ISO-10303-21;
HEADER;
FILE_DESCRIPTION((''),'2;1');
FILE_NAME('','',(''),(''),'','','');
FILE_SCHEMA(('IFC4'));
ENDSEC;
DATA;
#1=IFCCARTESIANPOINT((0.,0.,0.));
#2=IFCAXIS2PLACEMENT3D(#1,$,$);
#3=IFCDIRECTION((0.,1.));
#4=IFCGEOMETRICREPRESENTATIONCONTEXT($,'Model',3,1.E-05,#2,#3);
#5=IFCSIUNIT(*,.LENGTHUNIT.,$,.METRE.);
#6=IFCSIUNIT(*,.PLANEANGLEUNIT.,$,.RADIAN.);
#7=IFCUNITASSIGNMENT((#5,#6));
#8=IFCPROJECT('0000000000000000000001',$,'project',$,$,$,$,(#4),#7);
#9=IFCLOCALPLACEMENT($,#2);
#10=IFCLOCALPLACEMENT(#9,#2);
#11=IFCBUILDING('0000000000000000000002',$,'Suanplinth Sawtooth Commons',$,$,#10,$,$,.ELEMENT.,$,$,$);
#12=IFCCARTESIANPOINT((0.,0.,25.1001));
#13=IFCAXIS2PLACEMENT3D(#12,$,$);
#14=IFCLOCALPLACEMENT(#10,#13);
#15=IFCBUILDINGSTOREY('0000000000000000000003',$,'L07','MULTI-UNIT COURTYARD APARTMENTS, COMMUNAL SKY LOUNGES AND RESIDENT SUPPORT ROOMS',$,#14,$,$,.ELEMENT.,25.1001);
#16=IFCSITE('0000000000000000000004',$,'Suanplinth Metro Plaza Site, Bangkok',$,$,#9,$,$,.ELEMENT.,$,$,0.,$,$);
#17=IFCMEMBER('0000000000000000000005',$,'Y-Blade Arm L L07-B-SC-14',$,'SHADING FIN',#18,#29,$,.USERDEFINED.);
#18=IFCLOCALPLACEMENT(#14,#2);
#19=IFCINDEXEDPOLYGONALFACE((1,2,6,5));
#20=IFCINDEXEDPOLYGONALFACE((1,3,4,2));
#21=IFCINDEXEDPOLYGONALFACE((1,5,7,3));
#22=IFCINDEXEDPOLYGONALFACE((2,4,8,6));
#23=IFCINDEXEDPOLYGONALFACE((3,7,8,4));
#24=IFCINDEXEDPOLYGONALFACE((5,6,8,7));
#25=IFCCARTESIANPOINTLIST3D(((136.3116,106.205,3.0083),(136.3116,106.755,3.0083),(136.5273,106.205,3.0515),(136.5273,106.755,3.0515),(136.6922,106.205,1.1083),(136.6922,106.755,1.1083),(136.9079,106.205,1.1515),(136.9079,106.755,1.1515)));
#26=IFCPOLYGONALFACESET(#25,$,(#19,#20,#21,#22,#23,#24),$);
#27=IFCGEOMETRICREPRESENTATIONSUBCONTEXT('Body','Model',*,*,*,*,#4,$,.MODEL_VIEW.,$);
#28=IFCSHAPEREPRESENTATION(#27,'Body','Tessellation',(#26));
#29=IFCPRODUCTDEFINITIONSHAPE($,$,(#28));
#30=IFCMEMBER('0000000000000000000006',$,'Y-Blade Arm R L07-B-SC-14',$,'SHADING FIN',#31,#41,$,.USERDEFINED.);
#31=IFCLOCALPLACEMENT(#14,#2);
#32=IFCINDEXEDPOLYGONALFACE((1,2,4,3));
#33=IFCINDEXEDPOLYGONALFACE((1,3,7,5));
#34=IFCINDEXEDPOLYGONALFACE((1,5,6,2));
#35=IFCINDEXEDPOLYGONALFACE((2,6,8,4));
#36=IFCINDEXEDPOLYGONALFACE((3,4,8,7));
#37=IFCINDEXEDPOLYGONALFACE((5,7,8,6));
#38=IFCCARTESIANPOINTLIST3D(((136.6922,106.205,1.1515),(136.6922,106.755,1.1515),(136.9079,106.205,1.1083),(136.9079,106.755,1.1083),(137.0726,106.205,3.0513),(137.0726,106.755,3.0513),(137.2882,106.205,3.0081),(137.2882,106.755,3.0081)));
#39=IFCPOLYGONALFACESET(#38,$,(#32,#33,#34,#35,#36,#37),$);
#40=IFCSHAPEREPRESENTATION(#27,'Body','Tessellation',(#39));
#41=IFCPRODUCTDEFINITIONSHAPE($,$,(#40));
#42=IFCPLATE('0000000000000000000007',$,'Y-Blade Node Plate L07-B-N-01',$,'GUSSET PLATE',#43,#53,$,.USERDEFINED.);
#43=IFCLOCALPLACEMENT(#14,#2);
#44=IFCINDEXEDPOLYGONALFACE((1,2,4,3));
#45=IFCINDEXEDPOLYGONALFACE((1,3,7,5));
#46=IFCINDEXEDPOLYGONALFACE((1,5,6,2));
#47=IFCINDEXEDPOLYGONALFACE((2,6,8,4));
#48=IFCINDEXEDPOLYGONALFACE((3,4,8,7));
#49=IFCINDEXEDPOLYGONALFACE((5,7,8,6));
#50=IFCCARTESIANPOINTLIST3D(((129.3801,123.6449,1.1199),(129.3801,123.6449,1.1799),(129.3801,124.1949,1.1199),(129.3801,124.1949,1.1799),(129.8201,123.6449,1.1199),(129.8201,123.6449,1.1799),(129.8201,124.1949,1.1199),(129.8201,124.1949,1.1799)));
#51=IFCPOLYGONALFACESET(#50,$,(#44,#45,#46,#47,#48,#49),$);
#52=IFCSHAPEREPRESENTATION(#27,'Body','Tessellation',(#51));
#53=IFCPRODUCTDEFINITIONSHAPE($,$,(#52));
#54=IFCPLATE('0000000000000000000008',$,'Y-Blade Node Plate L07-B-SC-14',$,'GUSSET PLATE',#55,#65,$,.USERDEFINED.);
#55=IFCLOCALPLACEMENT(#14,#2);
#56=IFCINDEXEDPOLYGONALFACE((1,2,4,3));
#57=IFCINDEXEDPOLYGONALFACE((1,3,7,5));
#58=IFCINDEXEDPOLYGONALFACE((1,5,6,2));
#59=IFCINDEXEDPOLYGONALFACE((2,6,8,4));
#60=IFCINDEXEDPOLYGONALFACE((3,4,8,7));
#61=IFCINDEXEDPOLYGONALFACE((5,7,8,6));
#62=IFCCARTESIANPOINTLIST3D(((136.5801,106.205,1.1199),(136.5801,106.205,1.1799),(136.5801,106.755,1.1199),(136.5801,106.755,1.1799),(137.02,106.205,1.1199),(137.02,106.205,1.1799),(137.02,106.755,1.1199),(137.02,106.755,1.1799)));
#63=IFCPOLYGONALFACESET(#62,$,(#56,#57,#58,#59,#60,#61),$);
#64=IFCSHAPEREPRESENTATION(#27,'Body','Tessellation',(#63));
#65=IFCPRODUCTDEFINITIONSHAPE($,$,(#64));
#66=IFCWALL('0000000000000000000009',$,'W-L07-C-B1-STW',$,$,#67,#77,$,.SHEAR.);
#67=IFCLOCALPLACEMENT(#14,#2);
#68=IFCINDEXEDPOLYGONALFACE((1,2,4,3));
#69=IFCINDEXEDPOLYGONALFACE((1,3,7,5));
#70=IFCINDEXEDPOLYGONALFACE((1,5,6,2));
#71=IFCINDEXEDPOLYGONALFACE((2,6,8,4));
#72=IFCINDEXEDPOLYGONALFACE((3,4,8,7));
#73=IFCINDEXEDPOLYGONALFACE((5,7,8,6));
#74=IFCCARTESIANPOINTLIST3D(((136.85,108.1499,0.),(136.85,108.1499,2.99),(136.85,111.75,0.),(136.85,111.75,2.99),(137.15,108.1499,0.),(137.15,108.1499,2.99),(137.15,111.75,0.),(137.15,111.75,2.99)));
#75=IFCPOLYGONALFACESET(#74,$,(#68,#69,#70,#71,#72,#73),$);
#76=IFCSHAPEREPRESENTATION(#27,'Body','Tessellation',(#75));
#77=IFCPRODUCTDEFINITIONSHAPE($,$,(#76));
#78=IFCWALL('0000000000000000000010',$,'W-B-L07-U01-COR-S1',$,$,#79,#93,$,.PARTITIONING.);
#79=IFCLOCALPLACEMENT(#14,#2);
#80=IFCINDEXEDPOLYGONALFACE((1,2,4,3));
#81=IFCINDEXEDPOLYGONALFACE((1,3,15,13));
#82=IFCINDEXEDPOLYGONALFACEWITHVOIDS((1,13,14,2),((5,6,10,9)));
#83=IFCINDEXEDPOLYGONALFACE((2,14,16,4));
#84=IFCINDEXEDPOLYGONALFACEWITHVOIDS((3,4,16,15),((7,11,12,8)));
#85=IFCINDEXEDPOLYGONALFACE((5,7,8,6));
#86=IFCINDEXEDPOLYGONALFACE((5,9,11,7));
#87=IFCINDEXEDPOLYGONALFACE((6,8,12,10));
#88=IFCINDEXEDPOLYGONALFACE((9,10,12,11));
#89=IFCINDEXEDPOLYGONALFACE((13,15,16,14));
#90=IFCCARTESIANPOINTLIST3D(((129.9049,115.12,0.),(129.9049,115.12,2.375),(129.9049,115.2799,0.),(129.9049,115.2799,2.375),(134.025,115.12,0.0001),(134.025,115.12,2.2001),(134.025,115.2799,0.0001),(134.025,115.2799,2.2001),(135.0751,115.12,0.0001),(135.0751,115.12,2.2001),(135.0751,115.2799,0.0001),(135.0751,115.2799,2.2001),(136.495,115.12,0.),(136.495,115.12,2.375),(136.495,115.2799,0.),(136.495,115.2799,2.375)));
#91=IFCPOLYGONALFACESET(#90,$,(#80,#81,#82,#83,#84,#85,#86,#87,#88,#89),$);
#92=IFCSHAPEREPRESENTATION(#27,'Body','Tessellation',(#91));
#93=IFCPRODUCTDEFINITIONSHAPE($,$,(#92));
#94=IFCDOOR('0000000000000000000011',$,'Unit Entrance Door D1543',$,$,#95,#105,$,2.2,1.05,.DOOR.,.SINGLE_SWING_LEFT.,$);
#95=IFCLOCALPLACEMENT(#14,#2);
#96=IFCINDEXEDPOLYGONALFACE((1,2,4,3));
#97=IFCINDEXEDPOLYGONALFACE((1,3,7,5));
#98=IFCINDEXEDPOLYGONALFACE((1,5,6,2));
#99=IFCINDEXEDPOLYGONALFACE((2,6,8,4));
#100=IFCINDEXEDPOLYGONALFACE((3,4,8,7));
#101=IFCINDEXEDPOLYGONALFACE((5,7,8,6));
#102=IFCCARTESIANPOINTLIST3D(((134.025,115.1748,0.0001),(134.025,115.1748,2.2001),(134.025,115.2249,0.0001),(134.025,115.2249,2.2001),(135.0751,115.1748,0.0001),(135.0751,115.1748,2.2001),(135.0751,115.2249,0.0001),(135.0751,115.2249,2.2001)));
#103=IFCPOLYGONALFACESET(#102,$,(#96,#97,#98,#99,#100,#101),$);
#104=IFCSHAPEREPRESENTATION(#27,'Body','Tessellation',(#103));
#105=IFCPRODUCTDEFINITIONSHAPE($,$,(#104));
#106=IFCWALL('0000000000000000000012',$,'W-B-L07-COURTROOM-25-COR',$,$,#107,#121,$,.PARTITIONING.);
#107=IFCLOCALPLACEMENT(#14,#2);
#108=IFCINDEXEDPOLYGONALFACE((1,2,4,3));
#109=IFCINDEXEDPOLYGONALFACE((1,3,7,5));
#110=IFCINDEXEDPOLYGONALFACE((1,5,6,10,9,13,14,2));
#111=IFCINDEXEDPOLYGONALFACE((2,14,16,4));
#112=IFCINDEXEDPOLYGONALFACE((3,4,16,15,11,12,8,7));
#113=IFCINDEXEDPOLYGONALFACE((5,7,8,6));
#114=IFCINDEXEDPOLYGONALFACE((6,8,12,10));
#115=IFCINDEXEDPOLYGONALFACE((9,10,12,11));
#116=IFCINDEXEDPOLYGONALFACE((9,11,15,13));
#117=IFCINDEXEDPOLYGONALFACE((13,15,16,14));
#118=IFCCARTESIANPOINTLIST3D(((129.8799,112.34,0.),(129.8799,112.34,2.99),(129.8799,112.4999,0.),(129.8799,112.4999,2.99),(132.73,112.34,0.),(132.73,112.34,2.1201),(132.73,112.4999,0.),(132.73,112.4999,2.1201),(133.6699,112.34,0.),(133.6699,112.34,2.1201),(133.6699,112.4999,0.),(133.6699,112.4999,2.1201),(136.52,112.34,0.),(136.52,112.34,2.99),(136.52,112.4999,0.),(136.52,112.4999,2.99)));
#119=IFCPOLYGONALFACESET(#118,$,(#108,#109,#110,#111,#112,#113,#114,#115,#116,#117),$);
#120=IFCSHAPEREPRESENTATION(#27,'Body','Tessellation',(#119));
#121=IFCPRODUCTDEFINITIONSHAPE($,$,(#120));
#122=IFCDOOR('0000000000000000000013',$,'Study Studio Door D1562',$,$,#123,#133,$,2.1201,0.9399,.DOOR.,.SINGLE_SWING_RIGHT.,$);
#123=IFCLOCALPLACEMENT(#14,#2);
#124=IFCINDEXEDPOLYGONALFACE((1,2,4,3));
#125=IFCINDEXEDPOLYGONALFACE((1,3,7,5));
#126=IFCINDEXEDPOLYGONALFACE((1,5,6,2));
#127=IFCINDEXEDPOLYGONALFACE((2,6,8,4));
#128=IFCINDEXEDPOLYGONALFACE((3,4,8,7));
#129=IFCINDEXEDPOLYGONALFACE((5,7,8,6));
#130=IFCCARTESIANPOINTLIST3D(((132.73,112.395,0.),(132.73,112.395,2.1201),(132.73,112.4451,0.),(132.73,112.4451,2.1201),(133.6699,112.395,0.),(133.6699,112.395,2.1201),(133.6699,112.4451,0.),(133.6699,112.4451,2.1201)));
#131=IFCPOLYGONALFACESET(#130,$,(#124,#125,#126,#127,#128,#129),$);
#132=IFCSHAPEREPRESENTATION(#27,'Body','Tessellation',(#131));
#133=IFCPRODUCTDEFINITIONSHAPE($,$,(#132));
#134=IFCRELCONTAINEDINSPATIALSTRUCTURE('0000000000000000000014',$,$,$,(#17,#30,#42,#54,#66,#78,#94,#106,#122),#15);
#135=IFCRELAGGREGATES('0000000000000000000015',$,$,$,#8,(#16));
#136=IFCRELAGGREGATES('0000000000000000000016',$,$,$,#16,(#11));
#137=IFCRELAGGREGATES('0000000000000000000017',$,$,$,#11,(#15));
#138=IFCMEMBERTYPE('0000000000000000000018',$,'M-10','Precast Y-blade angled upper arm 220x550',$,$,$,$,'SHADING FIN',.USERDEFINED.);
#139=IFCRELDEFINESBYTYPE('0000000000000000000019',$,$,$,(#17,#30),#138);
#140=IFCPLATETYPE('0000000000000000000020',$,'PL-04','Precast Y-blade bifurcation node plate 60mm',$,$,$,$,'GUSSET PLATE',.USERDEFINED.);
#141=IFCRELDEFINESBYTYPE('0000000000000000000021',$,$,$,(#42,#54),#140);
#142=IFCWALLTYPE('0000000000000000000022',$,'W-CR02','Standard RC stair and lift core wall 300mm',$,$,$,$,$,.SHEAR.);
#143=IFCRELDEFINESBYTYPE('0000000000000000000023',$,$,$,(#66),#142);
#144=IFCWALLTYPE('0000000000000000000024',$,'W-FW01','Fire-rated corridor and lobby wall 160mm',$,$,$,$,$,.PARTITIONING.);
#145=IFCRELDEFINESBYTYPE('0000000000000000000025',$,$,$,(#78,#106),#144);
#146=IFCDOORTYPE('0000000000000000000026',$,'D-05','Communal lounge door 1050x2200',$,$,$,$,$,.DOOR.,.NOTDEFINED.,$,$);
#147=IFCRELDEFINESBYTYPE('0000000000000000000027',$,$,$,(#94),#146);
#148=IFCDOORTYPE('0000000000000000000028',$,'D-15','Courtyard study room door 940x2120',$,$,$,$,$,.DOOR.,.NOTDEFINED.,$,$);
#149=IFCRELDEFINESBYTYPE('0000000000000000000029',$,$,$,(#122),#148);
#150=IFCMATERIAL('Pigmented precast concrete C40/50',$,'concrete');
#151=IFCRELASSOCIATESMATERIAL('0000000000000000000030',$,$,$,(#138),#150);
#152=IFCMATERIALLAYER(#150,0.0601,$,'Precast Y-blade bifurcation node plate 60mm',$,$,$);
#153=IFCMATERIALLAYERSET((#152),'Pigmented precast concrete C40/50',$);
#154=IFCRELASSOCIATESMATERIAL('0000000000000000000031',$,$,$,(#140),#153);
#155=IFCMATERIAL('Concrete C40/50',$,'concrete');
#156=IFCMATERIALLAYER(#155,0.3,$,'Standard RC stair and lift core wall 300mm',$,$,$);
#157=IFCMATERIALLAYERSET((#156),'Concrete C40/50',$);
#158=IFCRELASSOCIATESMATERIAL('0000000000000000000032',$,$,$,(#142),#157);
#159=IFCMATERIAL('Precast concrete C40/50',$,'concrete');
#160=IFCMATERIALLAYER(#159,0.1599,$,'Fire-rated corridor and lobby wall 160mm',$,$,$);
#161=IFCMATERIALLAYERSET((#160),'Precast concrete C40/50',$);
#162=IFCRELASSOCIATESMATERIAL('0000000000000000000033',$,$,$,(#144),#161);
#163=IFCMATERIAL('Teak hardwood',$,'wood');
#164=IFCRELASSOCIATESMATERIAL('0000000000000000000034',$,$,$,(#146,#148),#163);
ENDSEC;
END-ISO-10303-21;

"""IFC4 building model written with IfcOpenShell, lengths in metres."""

from ifc_helpers import new_model, si_unit, direction, frame, frame_2d, origin, origin_2d, place, context, subcontext, project, spatial, rectangle, extrude, material, layer, layer_set, material_profile, profile_set, type_object, element, fill, save


model = new_model("IFC4")

# Units and contexts
model_context = context("Model", 3, precision=1e-05, world=origin(), true_north=direction((0.0, 1.0)))
body_context = subcontext(model_context, "Body", "Model", "MODEL_VIEW")
ifc_project = project(units=[si_unit("LENGTHUNIT", "METRE"), si_unit("PLANEANGLEUNIT", "RADIAN")], contexts=[model_context])

# Site, building, storey
site_placement = place(None, origin())
site = spatial("IfcSite", under=ifc_project, at=site_placement, Name="Suanplinth Metro Plaza Site, Bangkok", CompositionType="ELEMENT", RefElevation=0.0)
building_placement = place(site_placement, origin())
building = spatial("IfcBuilding", under=site, at=building_placement, Name="Suanplinth Sawtooth Commons", CompositionType="ELEMENT")
storey_placement = place(building_placement, frame((0.0, 0.0, 25.1001)))
storey = spatial("IfcBuildingStorey", under=building, at=storey_placement, Name="L07", Description="MULTI-UNIT COURTYARD APARTMENTS, COMMUNAL SKY LOUNGES AND RESIDENT SUPPORT ROOMS", CompositionType="ELEMENT", Elevation=25.1001)

# Shared definitions
ifc_material_1 = material(Name="Precast concrete C40/50", Category="concrete")

# Members
ifc_material_2 = material(Name="Pigmented precast concrete C40/50", Category="concrete")
ifc_material_profile_1 = material_profile(ifc_material_2, rectangle(XDim=0.22, YDim=0.55, at=origin_2d()), Name="PC-FIN 220x550")
ifc_profile_set_1 = profile_set([ifc_material_profile_1], Name="Pigmented precast concrete C40/50")
member_type_1 = type_object("IfcMemberType", Name="M-10", Description="Precast Y-blade angled upper arm 220x550", ElementType="SHADING FIN", PredefinedType="USERDEFINED", material=ifc_profile_set_1)
member_1_placement = place(storey_placement, frame((136.8, 106.48, 1.1299), z_axis=(-0.196431, 0.0, 0.980518), x_axis=(0.980518, 0.0, 0.196431)))
element("IfcMember", 1, at=member_1_placement, inside=storey, type_object=member_type_1, Name="Y-Blade Arm L L07-B-SC-14", ObjectType="SHADING FIN", PredefinedType="USERDEFINED", context=body_context, shape_type="SweptSolid", body=[
    extrude(rectangle(XDim=0.22, YDim=0.55, at=origin_2d()), origin(), (0.0, 0.0, 1.0), 1.9377),
])
member_2_placement = place(storey_placement, frame((136.8, 106.48, 1.1299), z_axis=(0.19631, 0.0, 0.980542), x_axis=(-0.980542, 0.0, 0.19631)))
element("IfcMember", 2, at=member_2_placement, inside=storey, type_object=member_type_1, Name="Y-Blade Arm R L07-B-SC-14", ObjectType="SHADING FIN", PredefinedType="USERDEFINED", context=body_context, shape_type="SweptSolid", body=[
    extrude(rectangle(XDim=0.22, YDim=0.55, at=origin_2d()), origin(), (0.0, 0.0, 1.0), 1.9375),
])

# Plates
ifc_layer_1 = layer(ifc_material_2, 0.0601, Name="Precast Y-blade bifurcation node plate 60mm")
ifc_layer_set_1 = layer_set([ifc_layer_1], Name="Pigmented precast concrete C40/50")
plate_type = type_object("IfcPlateType", Name="PL-04", Description="Precast Y-blade bifurcation node plate 60mm", ElementType="GUSSET PLATE", PredefinedType="USERDEFINED", material=ifc_layer_set_1)
for number, where, z_axis, x_axis, name in (
    (3, (129.6001, 123.9199, 1.1199), (0.0, 0.0, 1.0), (1.0, 0.0, 0.0), "Y-Blade Node Plate L07-B-N-01"),
    (4, (136.8, 106.48, 1.1199), (0.0, 0.0, 1.0), (1.0, 0.0, 0.0), "Y-Blade Node Plate L07-B-SC-14"),
):
    element("IfcPlate", number, at=place(storey_placement, frame(where, z_axis=z_axis, x_axis=x_axis)), inside=storey, type_object=plate_type, Name=name, ObjectType="GUSSET PLATE", PredefinedType="USERDEFINED", context=body_context, shape_type="SweptSolid", body=[
        extrude(rectangle(XDim=0.4399, YDim=0.55, at=origin_2d()), origin(), (0.0, 0.0, 1.0), 0.0601),
    ])

# Wall
ifc_material_3 = material(Name="Concrete C40/50", Category="concrete")
ifc_layer_2 = layer(ifc_material_3, 0.3, Name="Standard RC stair and lift core wall 300mm")
ifc_layer_set_2 = layer_set([ifc_layer_2], Name="Concrete C40/50")
wall_type_1 = type_object("IfcWallType", Name="W-CR02", Description="Standard RC stair and lift core wall 300mm", PredefinedType="SHEAR", material=ifc_layer_set_2)
wall_1_placement = place(storey_placement, frame((137.0, 108.1499, 0.0), z_axis=(0.0, 0.0, 1.0), x_axis=(0.0, 1.0, 0.0)))
element("IfcWall", 5, at=wall_1_placement, inside=storey, type_object=wall_type_1, Name="W-L07-C-B1-STW", PredefinedType="SHEAR", context=body_context, shape_type="SweptSolid", body=[
    extrude(rectangle(XDim=3.6001, YDim=0.3, at=frame_2d((1.8, 0.0))), origin(), (0.0, 0.0, 1.0), 2.99),
])

# Walls, openings, doors
ifc_layer_3 = layer(ifc_material_1, 0.1599, Name="Fire-rated corridor and lobby wall 160mm")
ifc_layer_set_3 = layer_set([ifc_layer_3], Name="Precast concrete C40/50")
wall_type_2 = type_object("IfcWallType", Name="W-FW01", Description="Fire-rated corridor and lobby wall 160mm", PredefinedType="PARTITIONING", material=ifc_layer_set_3)
wall_2_placement = place(storey_placement, frame((129.905, 115.2, 0.0), z_axis=(0.0, 0.0, 1.0), x_axis=(1.0, 0.0, 0.0)))
wall_2 = element("IfcWall", 6, at=wall_2_placement, inside=storey, type_object=wall_type_2, Name="W-B-L07-U01-COR-S1", PredefinedType="PARTITIONING", context=body_context, shape_type="SweptSolid", body=[
    extrude(rectangle(XDim=6.5901, YDim=0.1599, at=frame_2d((3.2949, 0.0))), origin(), (0.0, 0.0, 1.0), 2.375),
])
opening_1_placement = place(wall_2_placement, frame((4.1201, 0.0, 0.0)))
opening_1 = element("IfcOpeningElement", 7, at=opening_1_placement, cuts=wall_2, PredefinedType="OPENING", context=body_context, shape_type="SweptSolid", body=[
    extrude(rectangle(XDim=1.05, YDim=2.2, at=frame_2d((0.5249, 1.1001))), frame((0.0, 0.0947, 0.0), z_axis=(0.0, -1.0, 0.0), x_axis=(1.0, 0.0, 0.0)), (0.0, 0.0, 1.0), 0.1897),
])
ifc_material_4 = material(Name="Teak hardwood", Category="wood")
door_type_1 = type_object("IfcDoorType", Name="D-05", Description="Communal lounge door 1050x2200", OperationType="NOTDEFINED", PredefinedType="DOOR", material=ifc_material_4)
door_1_placement = place(opening_1_placement, origin())
door_1 = element("IfcDoor", 8, at=door_1_placement, inside=storey, type_object=door_type_1, Name="Unit Entrance Door D1543", OperationType="SINGLE_SWING_LEFT", OverallHeight=2.2, OverallWidth=1.05, PredefinedType="DOOR", context=body_context, shape_type="SweptSolid", body=[
    extrude(rectangle(XDim=1.05, YDim=2.2, at=frame_2d((0.5249, 1.1001))), frame((0.0, 0.0249, 0.0), z_axis=(0.0, -1.0, 0.0), x_axis=(1.0, 0.0, 0.0)), (0.0, 0.0, 1.0), 0.05),
])
fill(opening_1, door_1)
wall_3_placement = place(storey_placement, frame((129.8799, 112.4199, 0.0), z_axis=(0.0, 0.0, 1.0), x_axis=(1.0, 0.0, 0.0)))
wall_3 = element("IfcWall", 9, at=wall_3_placement, inside=storey, type_object=wall_type_2, Name="W-B-L07-COURTROOM-25-COR", PredefinedType="PARTITIONING", context=body_context, shape_type="SweptSolid", body=[
    extrude(rectangle(XDim=6.6401, YDim=0.1599, at=frame_2d((3.3201, 0.0))), origin(), (0.0, 0.0, 1.0), 2.99),
])
opening_2_placement = place(wall_3_placement, frame((2.8501, 0.0, 0.0)))
opening_2 = element("IfcOpeningElement", 10, at=opening_2_placement, cuts=wall_3, PredefinedType="OPENING", context=body_context, shape_type="SweptSolid", body=[
    extrude(rectangle(XDim=0.9399, YDim=2.1201, at=frame_2d((0.47, 1.0601))), frame((0.0, 0.0947, 0.0), z_axis=(0.0, -1.0, 0.0), x_axis=(1.0, 0.0, 0.0)), (0.0, 0.0, 1.0), 0.1897),
])
door_type_2 = type_object("IfcDoorType", Name="D-15", Description="Courtyard study room door 940x2120", OperationType="NOTDEFINED", PredefinedType="DOOR", material=ifc_material_4)
door_2_placement = place(opening_2_placement, frame((0.9399, 0.0, 0.0), z_axis=(0.0, 0.0, 1.0), x_axis=(-1.0, 0.0, 0.0)))
door_2 = element("IfcDoor", 11, at=door_2_placement, inside=storey, type_object=door_type_2, Name="Study Studio Door D1562", OperationType="SINGLE_SWING_RIGHT", OverallHeight=2.1201, OverallWidth=0.9399, PredefinedType="DOOR", context=body_context, shape_type="SweptSolid", body=[
    extrude(rectangle(XDim=0.9399, YDim=2.1201, at=frame_2d((0.47, 1.0601))), frame((0.0, 0.0249, 0.0), z_axis=(0.0, -1.0, 0.0), x_axis=(1.0, 0.0, 0.0)), (0.0, 0.0, 1.0), 0.05),
])
fill(opening_2, door_2)

save(model, "model.ifc")
